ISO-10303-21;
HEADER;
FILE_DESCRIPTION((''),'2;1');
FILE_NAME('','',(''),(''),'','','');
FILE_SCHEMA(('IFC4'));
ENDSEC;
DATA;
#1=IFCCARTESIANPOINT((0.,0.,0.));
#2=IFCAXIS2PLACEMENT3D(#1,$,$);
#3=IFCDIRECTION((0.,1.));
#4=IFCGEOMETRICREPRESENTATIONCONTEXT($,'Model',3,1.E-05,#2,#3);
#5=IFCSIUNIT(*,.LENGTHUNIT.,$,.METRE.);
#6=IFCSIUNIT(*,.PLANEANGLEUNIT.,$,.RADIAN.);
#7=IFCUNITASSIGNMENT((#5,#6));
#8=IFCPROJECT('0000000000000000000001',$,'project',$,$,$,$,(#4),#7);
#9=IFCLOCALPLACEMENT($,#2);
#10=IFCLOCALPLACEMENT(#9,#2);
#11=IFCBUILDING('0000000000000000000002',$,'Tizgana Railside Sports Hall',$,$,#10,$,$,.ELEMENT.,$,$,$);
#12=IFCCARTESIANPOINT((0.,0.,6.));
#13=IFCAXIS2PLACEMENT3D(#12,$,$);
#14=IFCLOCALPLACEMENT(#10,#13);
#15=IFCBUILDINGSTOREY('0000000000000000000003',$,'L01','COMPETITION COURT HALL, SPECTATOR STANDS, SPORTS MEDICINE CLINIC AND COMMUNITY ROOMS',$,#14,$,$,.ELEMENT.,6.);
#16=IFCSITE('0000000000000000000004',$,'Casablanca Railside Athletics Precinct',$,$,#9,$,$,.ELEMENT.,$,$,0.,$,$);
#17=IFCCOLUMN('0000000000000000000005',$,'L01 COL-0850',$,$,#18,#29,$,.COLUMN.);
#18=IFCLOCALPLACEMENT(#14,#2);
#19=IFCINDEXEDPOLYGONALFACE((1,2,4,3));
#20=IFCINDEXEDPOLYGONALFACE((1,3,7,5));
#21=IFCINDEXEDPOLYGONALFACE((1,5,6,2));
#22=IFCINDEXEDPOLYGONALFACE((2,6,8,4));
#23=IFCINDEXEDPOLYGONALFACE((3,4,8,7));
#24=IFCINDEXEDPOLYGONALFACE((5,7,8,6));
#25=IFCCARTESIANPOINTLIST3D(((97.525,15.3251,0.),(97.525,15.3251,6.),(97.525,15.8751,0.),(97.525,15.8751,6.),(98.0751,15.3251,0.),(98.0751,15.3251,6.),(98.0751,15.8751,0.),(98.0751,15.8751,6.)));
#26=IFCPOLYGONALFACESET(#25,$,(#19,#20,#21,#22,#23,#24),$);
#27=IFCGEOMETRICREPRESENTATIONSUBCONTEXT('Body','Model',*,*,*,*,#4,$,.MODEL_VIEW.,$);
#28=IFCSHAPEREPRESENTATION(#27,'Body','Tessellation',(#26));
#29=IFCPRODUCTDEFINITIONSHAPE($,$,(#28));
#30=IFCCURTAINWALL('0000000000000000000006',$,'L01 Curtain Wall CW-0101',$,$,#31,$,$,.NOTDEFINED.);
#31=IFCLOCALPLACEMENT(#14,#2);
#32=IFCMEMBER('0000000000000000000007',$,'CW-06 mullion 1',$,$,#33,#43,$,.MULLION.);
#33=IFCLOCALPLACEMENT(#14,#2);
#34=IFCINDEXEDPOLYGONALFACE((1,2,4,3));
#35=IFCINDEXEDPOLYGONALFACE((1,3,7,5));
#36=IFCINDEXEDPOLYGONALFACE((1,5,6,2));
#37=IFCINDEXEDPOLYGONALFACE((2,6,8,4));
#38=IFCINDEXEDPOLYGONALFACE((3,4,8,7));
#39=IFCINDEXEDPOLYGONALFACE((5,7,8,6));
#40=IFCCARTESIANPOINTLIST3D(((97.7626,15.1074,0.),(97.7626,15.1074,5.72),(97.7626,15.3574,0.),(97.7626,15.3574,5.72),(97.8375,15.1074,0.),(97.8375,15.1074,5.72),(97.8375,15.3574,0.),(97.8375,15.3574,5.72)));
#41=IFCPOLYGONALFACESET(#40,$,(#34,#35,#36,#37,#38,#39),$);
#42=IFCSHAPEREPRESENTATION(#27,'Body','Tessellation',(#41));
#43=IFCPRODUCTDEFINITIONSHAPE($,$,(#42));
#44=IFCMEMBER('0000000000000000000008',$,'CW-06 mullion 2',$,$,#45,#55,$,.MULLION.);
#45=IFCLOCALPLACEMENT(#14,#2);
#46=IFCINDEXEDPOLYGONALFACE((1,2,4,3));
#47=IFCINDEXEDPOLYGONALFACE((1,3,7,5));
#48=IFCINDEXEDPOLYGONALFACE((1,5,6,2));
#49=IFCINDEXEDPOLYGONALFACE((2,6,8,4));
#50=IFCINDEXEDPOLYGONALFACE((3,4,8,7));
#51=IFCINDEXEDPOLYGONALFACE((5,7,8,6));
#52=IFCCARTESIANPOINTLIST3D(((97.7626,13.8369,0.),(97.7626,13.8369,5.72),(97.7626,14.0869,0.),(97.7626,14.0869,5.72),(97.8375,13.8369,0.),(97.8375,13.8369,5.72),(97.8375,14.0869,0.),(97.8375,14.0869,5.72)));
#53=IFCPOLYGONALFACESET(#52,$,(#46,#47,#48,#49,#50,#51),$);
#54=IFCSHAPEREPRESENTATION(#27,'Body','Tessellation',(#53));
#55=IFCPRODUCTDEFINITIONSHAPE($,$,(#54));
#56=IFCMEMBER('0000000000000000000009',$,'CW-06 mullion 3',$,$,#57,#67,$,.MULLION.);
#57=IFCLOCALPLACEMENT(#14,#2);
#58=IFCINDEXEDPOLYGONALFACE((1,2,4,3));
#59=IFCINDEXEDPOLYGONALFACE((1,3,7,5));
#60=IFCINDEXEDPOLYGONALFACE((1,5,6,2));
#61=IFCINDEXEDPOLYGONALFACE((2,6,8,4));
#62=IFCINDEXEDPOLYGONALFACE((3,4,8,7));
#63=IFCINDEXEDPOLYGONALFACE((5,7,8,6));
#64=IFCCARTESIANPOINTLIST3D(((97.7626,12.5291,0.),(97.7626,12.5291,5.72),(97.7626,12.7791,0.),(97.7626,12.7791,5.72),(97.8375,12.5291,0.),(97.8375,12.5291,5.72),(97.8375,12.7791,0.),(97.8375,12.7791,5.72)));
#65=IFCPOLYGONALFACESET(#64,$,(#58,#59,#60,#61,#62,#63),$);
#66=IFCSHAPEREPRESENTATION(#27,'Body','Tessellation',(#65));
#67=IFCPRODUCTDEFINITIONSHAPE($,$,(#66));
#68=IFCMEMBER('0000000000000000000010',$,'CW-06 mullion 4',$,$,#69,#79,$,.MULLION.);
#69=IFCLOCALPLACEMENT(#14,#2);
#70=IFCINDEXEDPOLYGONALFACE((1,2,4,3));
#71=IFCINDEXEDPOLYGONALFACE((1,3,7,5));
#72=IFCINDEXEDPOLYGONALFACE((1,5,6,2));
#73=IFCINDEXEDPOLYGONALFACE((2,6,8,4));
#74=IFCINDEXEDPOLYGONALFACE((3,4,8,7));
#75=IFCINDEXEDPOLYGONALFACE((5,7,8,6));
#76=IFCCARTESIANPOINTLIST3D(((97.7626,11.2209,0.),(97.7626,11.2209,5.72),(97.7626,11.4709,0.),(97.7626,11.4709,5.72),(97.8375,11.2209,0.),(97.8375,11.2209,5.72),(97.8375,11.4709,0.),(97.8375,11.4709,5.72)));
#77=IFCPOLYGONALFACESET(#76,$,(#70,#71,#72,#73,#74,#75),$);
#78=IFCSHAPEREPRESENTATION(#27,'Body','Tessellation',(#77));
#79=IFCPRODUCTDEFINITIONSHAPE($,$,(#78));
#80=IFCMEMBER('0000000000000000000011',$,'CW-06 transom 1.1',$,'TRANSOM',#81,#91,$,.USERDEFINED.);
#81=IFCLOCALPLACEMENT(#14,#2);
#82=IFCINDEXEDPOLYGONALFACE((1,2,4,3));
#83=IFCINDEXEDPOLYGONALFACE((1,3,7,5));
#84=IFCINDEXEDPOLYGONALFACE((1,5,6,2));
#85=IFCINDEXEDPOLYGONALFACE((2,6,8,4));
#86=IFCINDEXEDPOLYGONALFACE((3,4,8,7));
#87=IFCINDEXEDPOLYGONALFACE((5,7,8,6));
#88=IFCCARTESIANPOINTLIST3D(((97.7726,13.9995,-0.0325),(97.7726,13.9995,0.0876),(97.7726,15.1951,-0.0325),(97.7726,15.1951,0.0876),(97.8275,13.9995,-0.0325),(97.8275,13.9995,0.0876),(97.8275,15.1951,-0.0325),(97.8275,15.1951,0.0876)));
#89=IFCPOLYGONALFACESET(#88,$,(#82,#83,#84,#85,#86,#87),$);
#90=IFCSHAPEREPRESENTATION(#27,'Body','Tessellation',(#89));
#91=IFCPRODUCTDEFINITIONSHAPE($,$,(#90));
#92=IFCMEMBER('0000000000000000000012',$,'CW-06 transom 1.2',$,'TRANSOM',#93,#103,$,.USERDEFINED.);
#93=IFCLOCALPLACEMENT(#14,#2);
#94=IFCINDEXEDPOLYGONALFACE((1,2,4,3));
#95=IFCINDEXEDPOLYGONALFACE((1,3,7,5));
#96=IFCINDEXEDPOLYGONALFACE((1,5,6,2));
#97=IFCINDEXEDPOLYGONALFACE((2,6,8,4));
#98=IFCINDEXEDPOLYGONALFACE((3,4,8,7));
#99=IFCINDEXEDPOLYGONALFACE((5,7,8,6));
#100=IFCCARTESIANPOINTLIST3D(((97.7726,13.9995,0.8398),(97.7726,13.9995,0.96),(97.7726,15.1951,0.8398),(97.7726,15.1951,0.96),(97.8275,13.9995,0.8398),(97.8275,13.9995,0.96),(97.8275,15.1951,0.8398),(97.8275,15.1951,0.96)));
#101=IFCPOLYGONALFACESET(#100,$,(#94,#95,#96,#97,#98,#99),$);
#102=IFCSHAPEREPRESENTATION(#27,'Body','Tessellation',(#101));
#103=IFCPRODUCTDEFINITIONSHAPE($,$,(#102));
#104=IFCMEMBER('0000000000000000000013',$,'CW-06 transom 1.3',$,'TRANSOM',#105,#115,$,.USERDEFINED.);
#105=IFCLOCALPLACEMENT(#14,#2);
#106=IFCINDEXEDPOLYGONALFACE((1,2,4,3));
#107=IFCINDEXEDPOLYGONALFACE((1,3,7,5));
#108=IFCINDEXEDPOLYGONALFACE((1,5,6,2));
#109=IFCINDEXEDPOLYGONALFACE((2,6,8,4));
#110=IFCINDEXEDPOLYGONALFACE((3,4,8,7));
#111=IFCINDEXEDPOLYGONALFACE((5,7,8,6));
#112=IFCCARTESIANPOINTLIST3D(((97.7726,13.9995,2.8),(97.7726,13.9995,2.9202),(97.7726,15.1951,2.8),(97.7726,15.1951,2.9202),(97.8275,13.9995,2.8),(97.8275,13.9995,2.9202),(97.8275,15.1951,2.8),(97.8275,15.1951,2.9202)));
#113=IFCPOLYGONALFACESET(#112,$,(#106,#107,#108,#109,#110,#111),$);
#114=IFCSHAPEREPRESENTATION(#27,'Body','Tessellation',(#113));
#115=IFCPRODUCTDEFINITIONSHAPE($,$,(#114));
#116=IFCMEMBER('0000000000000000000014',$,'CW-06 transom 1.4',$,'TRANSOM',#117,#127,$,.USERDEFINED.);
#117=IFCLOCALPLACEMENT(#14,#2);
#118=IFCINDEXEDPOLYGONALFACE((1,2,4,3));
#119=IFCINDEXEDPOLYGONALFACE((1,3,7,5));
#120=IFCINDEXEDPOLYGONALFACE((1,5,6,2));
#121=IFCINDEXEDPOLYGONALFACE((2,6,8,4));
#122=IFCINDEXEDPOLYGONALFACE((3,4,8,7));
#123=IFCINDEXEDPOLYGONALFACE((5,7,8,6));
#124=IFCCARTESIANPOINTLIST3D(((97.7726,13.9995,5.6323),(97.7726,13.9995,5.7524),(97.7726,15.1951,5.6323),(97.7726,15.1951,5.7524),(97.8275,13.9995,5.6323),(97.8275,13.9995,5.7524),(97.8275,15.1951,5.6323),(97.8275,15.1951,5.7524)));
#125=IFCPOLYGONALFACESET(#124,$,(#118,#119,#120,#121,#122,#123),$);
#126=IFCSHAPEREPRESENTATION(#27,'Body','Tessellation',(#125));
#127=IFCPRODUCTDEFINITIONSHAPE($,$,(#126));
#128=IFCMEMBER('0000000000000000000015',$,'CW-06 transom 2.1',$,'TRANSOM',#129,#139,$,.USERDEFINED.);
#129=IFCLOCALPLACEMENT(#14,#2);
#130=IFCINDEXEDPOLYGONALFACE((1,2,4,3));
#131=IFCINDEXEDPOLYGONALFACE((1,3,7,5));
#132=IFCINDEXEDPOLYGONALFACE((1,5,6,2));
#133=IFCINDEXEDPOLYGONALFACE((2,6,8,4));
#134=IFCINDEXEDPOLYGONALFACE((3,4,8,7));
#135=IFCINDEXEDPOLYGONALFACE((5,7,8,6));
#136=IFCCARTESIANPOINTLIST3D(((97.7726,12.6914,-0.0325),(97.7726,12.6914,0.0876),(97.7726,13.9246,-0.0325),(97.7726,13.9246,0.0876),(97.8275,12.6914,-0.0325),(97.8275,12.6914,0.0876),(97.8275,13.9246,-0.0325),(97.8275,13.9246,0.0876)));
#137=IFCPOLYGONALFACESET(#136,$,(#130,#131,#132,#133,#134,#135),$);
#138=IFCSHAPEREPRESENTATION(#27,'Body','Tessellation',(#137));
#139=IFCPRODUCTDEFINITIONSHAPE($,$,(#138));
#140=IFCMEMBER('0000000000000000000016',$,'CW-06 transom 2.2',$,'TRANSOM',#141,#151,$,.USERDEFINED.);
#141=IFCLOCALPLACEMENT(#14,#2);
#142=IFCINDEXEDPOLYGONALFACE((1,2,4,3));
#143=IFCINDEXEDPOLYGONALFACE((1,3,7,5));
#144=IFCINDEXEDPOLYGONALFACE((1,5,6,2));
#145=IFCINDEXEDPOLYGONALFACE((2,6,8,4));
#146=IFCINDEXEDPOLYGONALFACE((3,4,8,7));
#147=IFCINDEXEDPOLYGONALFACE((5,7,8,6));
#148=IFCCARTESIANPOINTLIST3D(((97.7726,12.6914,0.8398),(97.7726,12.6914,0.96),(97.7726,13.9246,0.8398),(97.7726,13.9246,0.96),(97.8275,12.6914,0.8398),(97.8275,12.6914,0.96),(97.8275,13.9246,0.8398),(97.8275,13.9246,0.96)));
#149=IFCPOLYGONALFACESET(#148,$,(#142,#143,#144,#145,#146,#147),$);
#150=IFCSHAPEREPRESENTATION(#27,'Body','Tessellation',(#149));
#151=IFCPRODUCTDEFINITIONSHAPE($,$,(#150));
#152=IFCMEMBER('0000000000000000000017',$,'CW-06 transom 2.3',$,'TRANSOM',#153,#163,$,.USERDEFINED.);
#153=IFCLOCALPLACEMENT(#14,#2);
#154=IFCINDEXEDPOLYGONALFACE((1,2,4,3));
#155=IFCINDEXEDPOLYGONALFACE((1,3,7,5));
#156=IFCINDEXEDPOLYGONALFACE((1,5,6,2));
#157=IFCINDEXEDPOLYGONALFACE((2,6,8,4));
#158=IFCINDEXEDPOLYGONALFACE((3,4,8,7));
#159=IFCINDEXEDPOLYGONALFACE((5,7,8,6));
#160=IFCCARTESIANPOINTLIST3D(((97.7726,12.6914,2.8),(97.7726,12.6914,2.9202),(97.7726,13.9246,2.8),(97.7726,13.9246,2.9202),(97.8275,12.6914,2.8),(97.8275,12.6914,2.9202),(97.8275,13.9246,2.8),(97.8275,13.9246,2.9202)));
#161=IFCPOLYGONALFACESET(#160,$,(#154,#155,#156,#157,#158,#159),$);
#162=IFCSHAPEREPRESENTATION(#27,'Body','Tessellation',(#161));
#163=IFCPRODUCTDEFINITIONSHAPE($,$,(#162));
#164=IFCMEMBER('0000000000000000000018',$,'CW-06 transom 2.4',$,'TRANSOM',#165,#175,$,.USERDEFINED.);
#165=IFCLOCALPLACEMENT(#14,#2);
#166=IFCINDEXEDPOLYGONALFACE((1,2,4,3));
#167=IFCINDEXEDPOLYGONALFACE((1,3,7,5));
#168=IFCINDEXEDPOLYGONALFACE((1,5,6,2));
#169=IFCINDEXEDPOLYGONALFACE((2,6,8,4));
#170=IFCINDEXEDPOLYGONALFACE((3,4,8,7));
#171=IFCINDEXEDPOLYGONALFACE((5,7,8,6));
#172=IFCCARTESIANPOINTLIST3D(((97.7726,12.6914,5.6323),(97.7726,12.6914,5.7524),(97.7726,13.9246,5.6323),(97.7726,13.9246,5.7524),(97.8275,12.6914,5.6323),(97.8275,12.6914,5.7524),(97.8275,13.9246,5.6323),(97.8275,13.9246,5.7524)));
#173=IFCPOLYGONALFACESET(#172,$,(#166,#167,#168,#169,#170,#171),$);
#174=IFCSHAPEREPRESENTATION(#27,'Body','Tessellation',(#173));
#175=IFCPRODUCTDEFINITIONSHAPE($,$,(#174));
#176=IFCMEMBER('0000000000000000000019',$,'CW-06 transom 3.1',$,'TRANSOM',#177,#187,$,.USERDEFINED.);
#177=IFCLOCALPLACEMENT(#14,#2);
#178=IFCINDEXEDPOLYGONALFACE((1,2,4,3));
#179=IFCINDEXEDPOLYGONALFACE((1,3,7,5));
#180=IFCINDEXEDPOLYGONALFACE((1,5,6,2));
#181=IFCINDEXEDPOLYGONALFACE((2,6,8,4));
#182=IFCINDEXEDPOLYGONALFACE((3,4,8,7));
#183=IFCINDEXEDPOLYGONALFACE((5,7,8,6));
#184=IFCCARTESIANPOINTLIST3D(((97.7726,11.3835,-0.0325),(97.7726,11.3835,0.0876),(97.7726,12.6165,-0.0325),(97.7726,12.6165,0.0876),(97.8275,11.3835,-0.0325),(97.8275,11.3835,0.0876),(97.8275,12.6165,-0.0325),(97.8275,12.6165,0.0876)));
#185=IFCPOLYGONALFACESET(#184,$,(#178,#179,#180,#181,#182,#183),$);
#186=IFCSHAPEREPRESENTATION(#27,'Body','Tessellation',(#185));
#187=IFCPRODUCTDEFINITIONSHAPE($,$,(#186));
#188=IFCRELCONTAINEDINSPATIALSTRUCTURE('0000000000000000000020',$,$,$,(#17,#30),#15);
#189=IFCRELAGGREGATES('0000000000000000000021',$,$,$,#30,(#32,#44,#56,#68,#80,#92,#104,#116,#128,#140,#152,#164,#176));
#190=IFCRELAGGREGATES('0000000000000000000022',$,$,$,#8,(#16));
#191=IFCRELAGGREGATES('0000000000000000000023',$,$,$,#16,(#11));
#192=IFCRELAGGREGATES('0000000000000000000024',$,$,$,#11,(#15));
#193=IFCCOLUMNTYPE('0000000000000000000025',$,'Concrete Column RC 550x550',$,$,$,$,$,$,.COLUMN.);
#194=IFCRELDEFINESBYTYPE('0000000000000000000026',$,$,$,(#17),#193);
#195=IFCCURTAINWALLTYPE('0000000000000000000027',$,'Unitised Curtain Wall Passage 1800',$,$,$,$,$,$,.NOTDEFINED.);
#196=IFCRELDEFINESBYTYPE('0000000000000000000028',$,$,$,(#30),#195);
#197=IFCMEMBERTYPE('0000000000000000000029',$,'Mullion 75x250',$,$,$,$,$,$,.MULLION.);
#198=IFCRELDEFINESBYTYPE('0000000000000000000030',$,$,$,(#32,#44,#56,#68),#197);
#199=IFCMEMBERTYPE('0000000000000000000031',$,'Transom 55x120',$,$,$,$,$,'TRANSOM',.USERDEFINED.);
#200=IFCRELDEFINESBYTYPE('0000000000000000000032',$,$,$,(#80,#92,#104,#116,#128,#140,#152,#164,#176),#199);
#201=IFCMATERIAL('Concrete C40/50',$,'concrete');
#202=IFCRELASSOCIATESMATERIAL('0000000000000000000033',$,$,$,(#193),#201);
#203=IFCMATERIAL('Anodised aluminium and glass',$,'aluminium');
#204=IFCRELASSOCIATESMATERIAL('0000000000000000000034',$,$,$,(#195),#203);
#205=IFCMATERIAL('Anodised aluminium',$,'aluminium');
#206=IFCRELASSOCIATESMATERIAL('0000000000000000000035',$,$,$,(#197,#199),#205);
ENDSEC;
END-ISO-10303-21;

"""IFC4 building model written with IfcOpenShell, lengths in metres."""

from ifc_helpers import new_model, si_unit, direction, frame, origin, origin_2d, place, context, subcontext, project, spatial, rectangle, extrude, material, material_profile, profile_set, type_object, element, aggregate, save


model = new_model("IFC4")

# Units and contexts
model_context = context("Model", 3, precision=1e-05, world=origin(), true_north=direction((0.0, 1.0)))
body_context = subcontext(model_context, "Body", "Model", "MODEL_VIEW")
ifc_project = project(units=[si_unit("LENGTHUNIT", "METRE"), si_unit("PLANEANGLEUNIT", "RADIAN")], contexts=[model_context])

# Site, building, storey
site_placement = place(None, origin())
site = spatial("IfcSite", under=ifc_project, at=site_placement, Name="Casablanca Railside Athletics Precinct", CompositionType="ELEMENT", RefElevation=0.0)
building_placement = place(site_placement, origin())
building = spatial("IfcBuilding", under=site, at=building_placement, Name="Tizgana Railside Sports Hall", CompositionType="ELEMENT")
storey_placement = place(building_placement, frame((0.0, 0.0, 6.0)))
storey = spatial("IfcBuildingStorey", under=building, at=storey_placement, Name="L01", Description="COMPETITION COURT HALL, SPECTATOR STANDS, SPORTS MEDICINE CLINIC AND COMMUNITY ROOMS", CompositionType="ELEMENT", Elevation=6.0)

# Column
ifc_material_1 = material(Name="Concrete C40/50", Category="concrete")
ifc_material_profile_1 = material_profile(ifc_material_1, rectangle(XDim=0.55, YDim=0.55, at=origin_2d()), Name="RC 550x550")
ifc_profile_set_1 = profile_set([ifc_material_profile_1], Name="Concrete C40/50")
column_type = type_object("IfcColumnType", Name="Concrete Column RC 550x550", PredefinedType="COLUMN", material=ifc_profile_set_1)
column_placement = place(storey_placement, frame((97.8, 15.6001, 0.0), z_axis=(0.0, 0.0, 1.0), x_axis=(1.0, 0.0, 0.0)))
element("IfcColumn", 1, at=column_placement, inside=storey, type_object=column_type, Name="L01 COL-0850", PredefinedType="COLUMN", context=body_context, shape_type="SweptSolid", body=[
    extrude(rectangle(XDim=0.55, YDim=0.55, at=origin_2d()), origin(), (0.0, 0.0, 1.0), 6.0),
])

# Curtain wall, members
ifc_material_2 = material(Name="Anodised aluminium and glass", Category="aluminium")
curtain_wall_type = type_object("IfcCurtainWallType", Name="Unitised Curtain Wall Passage 1800", PredefinedType="NOTDEFINED", material=ifc_material_2)
curtain_wall_placement = place(storey_placement, origin())
curtain_wall = element("IfcCurtainWall", 2, at=curtain_wall_placement, inside=storey, type_object=curtain_wall_type, Name="L01 Curtain Wall CW-0101", PredefinedType="NOTDEFINED")
ifc_material_3 = material(Name="Anodised aluminium", Category="aluminium")
ifc_material_profile_2 = material_profile(ifc_material_3, rectangle(XDim=0.075, YDim=0.25, at=origin_2d()), Name="Mullion 75x250")
ifc_profile_set_2 = profile_set([ifc_material_profile_2], Name="Anodised aluminium")
member_type_1 = type_object("IfcMemberType", Name="Mullion 75x250", PredefinedType="MULLION", material=ifc_profile_set_2)
member_1_placement = place(storey_placement, frame((97.8, 15.2324, 0.0), z_axis=(0.0, 0.0, 1.0), x_axis=(1.0, 0.0, 0.0)))
member_1 = element("IfcMember", 3, at=member_1_placement, type_object=member_type_1, Name="CW-06 mullion 1", PredefinedType="MULLION", context=body_context, shape_type="SweptSolid", body=[
    extrude(rectangle(XDim=0.075, YDim=0.25, at=origin_2d()), origin(), (0.0, 0.0, 1.0), 5.72),
])
member_2_placement = place(storey_placement, frame((97.8, 13.9619, 0.0), z_axis=(0.0, 0.0, 1.0), x_axis=(1.0, 0.0, 0.0)))
member_2 = element("IfcMember", 4, at=member_2_placement, type_object=member_type_1, Name="CW-06 mullion 2", PredefinedType="MULLION", context=body_context, shape_type="SweptSolid", body=[
    extrude(rectangle(XDim=0.075, YDim=0.25, at=origin_2d()), origin(), (0.0, 0.0, 1.0), 5.72),
])
member_3_placement = place(storey_placement, frame((97.8, 12.6541, 0.0), z_axis=(0.0, 0.0, 1.0), x_axis=(1.0, 0.0, 0.0)))
member_3 = element("IfcMember", 5, at=member_3_placement, type_object=member_type_1, Name="CW-06 mullion 3", PredefinedType="MULLION", context=body_context, shape_type="SweptSolid", body=[
    extrude(rectangle(XDim=0.075, YDim=0.25, at=origin_2d()), origin(), (0.0, 0.0, 1.0), 5.72),
])
member_4_placement = place(storey_placement, frame((97.8, 11.3459, 0.0), z_axis=(0.0, 0.0, 1.0), x_axis=(1.0, 0.0, 0.0)))
member_4 = element("IfcMember", 6, at=member_4_placement, type_object=member_type_1, Name="CW-06 mullion 4", PredefinedType="MULLION", context=body_context, shape_type="SweptSolid", body=[
    extrude(rectangle(XDim=0.075, YDim=0.25, at=origin_2d()), origin(), (0.0, 0.0, 1.0), 5.72),
])
ifc_material_profile_3 = material_profile(ifc_material_3, rectangle(XDim=0.0549, YDim=0.1201, at=origin_2d()), Name="Transom 55x120")
ifc_profile_set_3 = profile_set([ifc_material_profile_3], Name="Anodised aluminium")
member_type_2 = type_object("IfcMemberType", Name="Transom 55x120", ElementType="TRANSOM", PredefinedType="USERDEFINED", material=ifc_profile_set_3)
member_5_placement = place(storey_placement, frame((97.8, 15.1951, 0.0276), z_axis=(0.0, -1.0, 0.0), x_axis=(1.0, 0.0, 0.0)))
member_5 = element("IfcMember", 7, at=member_5_placement, type_object=member_type_2, Name="CW-06 transom 1.1", ObjectType="TRANSOM", PredefinedType="USERDEFINED", context=body_context, shape_type="SweptSolid", body=[
    extrude(rectangle(XDim=0.0549, YDim=0.1201, at=origin_2d()), origin(), (0.0, 0.0, 1.0), 1.1956),
])
member_6_placement = place(storey_placement, frame((97.8, 15.1951, 0.8999), z_axis=(0.0, -1.0, 0.0), x_axis=(1.0, 0.0, 0.0)))
member_6 = element("IfcMember", 8, at=member_6_placement, type_object=member_type_2, Name="CW-06 transom 1.2", ObjectType="TRANSOM", PredefinedType="USERDEFINED", context=body_context, shape_type="SweptSolid", body=[
    extrude(rectangle(XDim=0.0549, YDim=0.1201, at=origin_2d()), origin(), (0.0, 0.0, 1.0), 1.1956),
])
member_7_placement = place(storey_placement, frame((97.8, 15.1951, 2.8601), z_axis=(0.0, -1.0, 0.0), x_axis=(1.0, 0.0, 0.0)))
member_7 = element("IfcMember", 9, at=member_7_placement, type_object=member_type_2, Name="CW-06 transom 1.3", ObjectType="TRANSOM", PredefinedType="USERDEFINED", context=body_context, shape_type="SweptSolid", body=[
    extrude(rectangle(XDim=0.0549, YDim=0.1201, at=origin_2d()), origin(), (0.0, 0.0, 1.0), 1.1956),
])
member_8_placement = place(storey_placement, frame((97.8, 15.1951, 5.6924), z_axis=(0.0, -1.0, 0.0), x_axis=(1.0, 0.0, 0.0)))
member_8 = element("IfcMember", 10, at=member_8_placement, type_object=member_type_2, Name="CW-06 transom 1.4", ObjectType="TRANSOM", PredefinedType="USERDEFINED", context=body_context, shape_type="SweptSolid", body=[
    extrude(rectangle(XDim=0.0549, YDim=0.1201, at=origin_2d()), origin(), (0.0, 0.0, 1.0), 1.1956),
])
member_9_placement = place(storey_placement, frame((97.8, 13.9246, 0.0276), z_axis=(0.0, -1.0, 0.0), x_axis=(1.0, 0.0, 0.0)))
member_9 = element("IfcMember", 11, at=member_9_placement, type_object=member_type_2, Name="CW-06 transom 2.1", ObjectType="TRANSOM", PredefinedType="USERDEFINED", context=body_context, shape_type="SweptSolid", body=[
    extrude(rectangle(XDim=0.0549, YDim=0.1201, at=origin_2d()), origin(), (0.0, 0.0, 1.0), 1.2332),
])
member_10_placement = place(storey_placement, frame((97.8, 13.9246, 0.8999), z_axis=(0.0, -1.0, 0.0), x_axis=(1.0, 0.0, 0.0)))
member_10 = element("IfcMember", 12, at=member_10_placement, type_object=member_type_2, Name="CW-06 transom 2.2", ObjectType="TRANSOM", PredefinedType="USERDEFINED", context=body_context, shape_type="SweptSolid", body=[
    extrude(rectangle(XDim=0.0549, YDim=0.1201, at=origin_2d()), origin(), (0.0, 0.0, 1.0), 1.2332),
])
member_11_placement = place(storey_placement, frame((97.8, 13.9246, 2.8601), z_axis=(0.0, -1.0, 0.0), x_axis=(1.0, 0.0, 0.0)))
member_11 = element("IfcMember", 13, at=member_11_placement, type_object=member_type_2, Name="CW-06 transom 2.3", ObjectType="TRANSOM", PredefinedType="USERDEFINED", context=body_context, shape_type="SweptSolid", body=[
    extrude(rectangle(XDim=0.0549, YDim=0.1201, at=origin_2d()), origin(), (0.0, 0.0, 1.0), 1.2332),
])
member_12_placement = place(storey_placement, frame((97.8, 13.9246, 5.6924), z_axis=(0.0, -1.0, 0.0), x_axis=(1.0, 0.0, 0.0)))
member_12 = element("IfcMember", 14, at=member_12_placement, type_object=member_type_2, Name="CW-06 transom 2.4", ObjectType="TRANSOM", PredefinedType="USERDEFINED", context=body_context, shape_type="SweptSolid", body=[
    extrude(rectangle(XDim=0.0549, YDim=0.1201, at=origin_2d()), origin(), (0.0, 0.0, 1.0), 1.2332),
])
member_13_placement = place(storey_placement, frame((97.8, 12.6165, 0.0276), z_axis=(0.0, -1.0, 0.0), x_axis=(1.0, 0.0, 0.0)))
member_13 = element("IfcMember", 15, at=member_13_placement, type_object=member_type_2, Name="CW-06 transom 3.1", ObjectType="TRANSOM", PredefinedType="USERDEFINED", context=body_context, shape_type="SweptSolid", body=[
    extrude(rectangle(XDim=0.0549, YDim=0.1201, at=origin_2d()), origin(), (0.0, 0.0, 1.0), 1.2329),
])
aggregate(curtain_wall, [member_1, member_2, member_3, member_4, member_5, member_6, member_7, member_8, member_9, member_10, member_11, member_12, member_13])

save(model, "model.ifc")
